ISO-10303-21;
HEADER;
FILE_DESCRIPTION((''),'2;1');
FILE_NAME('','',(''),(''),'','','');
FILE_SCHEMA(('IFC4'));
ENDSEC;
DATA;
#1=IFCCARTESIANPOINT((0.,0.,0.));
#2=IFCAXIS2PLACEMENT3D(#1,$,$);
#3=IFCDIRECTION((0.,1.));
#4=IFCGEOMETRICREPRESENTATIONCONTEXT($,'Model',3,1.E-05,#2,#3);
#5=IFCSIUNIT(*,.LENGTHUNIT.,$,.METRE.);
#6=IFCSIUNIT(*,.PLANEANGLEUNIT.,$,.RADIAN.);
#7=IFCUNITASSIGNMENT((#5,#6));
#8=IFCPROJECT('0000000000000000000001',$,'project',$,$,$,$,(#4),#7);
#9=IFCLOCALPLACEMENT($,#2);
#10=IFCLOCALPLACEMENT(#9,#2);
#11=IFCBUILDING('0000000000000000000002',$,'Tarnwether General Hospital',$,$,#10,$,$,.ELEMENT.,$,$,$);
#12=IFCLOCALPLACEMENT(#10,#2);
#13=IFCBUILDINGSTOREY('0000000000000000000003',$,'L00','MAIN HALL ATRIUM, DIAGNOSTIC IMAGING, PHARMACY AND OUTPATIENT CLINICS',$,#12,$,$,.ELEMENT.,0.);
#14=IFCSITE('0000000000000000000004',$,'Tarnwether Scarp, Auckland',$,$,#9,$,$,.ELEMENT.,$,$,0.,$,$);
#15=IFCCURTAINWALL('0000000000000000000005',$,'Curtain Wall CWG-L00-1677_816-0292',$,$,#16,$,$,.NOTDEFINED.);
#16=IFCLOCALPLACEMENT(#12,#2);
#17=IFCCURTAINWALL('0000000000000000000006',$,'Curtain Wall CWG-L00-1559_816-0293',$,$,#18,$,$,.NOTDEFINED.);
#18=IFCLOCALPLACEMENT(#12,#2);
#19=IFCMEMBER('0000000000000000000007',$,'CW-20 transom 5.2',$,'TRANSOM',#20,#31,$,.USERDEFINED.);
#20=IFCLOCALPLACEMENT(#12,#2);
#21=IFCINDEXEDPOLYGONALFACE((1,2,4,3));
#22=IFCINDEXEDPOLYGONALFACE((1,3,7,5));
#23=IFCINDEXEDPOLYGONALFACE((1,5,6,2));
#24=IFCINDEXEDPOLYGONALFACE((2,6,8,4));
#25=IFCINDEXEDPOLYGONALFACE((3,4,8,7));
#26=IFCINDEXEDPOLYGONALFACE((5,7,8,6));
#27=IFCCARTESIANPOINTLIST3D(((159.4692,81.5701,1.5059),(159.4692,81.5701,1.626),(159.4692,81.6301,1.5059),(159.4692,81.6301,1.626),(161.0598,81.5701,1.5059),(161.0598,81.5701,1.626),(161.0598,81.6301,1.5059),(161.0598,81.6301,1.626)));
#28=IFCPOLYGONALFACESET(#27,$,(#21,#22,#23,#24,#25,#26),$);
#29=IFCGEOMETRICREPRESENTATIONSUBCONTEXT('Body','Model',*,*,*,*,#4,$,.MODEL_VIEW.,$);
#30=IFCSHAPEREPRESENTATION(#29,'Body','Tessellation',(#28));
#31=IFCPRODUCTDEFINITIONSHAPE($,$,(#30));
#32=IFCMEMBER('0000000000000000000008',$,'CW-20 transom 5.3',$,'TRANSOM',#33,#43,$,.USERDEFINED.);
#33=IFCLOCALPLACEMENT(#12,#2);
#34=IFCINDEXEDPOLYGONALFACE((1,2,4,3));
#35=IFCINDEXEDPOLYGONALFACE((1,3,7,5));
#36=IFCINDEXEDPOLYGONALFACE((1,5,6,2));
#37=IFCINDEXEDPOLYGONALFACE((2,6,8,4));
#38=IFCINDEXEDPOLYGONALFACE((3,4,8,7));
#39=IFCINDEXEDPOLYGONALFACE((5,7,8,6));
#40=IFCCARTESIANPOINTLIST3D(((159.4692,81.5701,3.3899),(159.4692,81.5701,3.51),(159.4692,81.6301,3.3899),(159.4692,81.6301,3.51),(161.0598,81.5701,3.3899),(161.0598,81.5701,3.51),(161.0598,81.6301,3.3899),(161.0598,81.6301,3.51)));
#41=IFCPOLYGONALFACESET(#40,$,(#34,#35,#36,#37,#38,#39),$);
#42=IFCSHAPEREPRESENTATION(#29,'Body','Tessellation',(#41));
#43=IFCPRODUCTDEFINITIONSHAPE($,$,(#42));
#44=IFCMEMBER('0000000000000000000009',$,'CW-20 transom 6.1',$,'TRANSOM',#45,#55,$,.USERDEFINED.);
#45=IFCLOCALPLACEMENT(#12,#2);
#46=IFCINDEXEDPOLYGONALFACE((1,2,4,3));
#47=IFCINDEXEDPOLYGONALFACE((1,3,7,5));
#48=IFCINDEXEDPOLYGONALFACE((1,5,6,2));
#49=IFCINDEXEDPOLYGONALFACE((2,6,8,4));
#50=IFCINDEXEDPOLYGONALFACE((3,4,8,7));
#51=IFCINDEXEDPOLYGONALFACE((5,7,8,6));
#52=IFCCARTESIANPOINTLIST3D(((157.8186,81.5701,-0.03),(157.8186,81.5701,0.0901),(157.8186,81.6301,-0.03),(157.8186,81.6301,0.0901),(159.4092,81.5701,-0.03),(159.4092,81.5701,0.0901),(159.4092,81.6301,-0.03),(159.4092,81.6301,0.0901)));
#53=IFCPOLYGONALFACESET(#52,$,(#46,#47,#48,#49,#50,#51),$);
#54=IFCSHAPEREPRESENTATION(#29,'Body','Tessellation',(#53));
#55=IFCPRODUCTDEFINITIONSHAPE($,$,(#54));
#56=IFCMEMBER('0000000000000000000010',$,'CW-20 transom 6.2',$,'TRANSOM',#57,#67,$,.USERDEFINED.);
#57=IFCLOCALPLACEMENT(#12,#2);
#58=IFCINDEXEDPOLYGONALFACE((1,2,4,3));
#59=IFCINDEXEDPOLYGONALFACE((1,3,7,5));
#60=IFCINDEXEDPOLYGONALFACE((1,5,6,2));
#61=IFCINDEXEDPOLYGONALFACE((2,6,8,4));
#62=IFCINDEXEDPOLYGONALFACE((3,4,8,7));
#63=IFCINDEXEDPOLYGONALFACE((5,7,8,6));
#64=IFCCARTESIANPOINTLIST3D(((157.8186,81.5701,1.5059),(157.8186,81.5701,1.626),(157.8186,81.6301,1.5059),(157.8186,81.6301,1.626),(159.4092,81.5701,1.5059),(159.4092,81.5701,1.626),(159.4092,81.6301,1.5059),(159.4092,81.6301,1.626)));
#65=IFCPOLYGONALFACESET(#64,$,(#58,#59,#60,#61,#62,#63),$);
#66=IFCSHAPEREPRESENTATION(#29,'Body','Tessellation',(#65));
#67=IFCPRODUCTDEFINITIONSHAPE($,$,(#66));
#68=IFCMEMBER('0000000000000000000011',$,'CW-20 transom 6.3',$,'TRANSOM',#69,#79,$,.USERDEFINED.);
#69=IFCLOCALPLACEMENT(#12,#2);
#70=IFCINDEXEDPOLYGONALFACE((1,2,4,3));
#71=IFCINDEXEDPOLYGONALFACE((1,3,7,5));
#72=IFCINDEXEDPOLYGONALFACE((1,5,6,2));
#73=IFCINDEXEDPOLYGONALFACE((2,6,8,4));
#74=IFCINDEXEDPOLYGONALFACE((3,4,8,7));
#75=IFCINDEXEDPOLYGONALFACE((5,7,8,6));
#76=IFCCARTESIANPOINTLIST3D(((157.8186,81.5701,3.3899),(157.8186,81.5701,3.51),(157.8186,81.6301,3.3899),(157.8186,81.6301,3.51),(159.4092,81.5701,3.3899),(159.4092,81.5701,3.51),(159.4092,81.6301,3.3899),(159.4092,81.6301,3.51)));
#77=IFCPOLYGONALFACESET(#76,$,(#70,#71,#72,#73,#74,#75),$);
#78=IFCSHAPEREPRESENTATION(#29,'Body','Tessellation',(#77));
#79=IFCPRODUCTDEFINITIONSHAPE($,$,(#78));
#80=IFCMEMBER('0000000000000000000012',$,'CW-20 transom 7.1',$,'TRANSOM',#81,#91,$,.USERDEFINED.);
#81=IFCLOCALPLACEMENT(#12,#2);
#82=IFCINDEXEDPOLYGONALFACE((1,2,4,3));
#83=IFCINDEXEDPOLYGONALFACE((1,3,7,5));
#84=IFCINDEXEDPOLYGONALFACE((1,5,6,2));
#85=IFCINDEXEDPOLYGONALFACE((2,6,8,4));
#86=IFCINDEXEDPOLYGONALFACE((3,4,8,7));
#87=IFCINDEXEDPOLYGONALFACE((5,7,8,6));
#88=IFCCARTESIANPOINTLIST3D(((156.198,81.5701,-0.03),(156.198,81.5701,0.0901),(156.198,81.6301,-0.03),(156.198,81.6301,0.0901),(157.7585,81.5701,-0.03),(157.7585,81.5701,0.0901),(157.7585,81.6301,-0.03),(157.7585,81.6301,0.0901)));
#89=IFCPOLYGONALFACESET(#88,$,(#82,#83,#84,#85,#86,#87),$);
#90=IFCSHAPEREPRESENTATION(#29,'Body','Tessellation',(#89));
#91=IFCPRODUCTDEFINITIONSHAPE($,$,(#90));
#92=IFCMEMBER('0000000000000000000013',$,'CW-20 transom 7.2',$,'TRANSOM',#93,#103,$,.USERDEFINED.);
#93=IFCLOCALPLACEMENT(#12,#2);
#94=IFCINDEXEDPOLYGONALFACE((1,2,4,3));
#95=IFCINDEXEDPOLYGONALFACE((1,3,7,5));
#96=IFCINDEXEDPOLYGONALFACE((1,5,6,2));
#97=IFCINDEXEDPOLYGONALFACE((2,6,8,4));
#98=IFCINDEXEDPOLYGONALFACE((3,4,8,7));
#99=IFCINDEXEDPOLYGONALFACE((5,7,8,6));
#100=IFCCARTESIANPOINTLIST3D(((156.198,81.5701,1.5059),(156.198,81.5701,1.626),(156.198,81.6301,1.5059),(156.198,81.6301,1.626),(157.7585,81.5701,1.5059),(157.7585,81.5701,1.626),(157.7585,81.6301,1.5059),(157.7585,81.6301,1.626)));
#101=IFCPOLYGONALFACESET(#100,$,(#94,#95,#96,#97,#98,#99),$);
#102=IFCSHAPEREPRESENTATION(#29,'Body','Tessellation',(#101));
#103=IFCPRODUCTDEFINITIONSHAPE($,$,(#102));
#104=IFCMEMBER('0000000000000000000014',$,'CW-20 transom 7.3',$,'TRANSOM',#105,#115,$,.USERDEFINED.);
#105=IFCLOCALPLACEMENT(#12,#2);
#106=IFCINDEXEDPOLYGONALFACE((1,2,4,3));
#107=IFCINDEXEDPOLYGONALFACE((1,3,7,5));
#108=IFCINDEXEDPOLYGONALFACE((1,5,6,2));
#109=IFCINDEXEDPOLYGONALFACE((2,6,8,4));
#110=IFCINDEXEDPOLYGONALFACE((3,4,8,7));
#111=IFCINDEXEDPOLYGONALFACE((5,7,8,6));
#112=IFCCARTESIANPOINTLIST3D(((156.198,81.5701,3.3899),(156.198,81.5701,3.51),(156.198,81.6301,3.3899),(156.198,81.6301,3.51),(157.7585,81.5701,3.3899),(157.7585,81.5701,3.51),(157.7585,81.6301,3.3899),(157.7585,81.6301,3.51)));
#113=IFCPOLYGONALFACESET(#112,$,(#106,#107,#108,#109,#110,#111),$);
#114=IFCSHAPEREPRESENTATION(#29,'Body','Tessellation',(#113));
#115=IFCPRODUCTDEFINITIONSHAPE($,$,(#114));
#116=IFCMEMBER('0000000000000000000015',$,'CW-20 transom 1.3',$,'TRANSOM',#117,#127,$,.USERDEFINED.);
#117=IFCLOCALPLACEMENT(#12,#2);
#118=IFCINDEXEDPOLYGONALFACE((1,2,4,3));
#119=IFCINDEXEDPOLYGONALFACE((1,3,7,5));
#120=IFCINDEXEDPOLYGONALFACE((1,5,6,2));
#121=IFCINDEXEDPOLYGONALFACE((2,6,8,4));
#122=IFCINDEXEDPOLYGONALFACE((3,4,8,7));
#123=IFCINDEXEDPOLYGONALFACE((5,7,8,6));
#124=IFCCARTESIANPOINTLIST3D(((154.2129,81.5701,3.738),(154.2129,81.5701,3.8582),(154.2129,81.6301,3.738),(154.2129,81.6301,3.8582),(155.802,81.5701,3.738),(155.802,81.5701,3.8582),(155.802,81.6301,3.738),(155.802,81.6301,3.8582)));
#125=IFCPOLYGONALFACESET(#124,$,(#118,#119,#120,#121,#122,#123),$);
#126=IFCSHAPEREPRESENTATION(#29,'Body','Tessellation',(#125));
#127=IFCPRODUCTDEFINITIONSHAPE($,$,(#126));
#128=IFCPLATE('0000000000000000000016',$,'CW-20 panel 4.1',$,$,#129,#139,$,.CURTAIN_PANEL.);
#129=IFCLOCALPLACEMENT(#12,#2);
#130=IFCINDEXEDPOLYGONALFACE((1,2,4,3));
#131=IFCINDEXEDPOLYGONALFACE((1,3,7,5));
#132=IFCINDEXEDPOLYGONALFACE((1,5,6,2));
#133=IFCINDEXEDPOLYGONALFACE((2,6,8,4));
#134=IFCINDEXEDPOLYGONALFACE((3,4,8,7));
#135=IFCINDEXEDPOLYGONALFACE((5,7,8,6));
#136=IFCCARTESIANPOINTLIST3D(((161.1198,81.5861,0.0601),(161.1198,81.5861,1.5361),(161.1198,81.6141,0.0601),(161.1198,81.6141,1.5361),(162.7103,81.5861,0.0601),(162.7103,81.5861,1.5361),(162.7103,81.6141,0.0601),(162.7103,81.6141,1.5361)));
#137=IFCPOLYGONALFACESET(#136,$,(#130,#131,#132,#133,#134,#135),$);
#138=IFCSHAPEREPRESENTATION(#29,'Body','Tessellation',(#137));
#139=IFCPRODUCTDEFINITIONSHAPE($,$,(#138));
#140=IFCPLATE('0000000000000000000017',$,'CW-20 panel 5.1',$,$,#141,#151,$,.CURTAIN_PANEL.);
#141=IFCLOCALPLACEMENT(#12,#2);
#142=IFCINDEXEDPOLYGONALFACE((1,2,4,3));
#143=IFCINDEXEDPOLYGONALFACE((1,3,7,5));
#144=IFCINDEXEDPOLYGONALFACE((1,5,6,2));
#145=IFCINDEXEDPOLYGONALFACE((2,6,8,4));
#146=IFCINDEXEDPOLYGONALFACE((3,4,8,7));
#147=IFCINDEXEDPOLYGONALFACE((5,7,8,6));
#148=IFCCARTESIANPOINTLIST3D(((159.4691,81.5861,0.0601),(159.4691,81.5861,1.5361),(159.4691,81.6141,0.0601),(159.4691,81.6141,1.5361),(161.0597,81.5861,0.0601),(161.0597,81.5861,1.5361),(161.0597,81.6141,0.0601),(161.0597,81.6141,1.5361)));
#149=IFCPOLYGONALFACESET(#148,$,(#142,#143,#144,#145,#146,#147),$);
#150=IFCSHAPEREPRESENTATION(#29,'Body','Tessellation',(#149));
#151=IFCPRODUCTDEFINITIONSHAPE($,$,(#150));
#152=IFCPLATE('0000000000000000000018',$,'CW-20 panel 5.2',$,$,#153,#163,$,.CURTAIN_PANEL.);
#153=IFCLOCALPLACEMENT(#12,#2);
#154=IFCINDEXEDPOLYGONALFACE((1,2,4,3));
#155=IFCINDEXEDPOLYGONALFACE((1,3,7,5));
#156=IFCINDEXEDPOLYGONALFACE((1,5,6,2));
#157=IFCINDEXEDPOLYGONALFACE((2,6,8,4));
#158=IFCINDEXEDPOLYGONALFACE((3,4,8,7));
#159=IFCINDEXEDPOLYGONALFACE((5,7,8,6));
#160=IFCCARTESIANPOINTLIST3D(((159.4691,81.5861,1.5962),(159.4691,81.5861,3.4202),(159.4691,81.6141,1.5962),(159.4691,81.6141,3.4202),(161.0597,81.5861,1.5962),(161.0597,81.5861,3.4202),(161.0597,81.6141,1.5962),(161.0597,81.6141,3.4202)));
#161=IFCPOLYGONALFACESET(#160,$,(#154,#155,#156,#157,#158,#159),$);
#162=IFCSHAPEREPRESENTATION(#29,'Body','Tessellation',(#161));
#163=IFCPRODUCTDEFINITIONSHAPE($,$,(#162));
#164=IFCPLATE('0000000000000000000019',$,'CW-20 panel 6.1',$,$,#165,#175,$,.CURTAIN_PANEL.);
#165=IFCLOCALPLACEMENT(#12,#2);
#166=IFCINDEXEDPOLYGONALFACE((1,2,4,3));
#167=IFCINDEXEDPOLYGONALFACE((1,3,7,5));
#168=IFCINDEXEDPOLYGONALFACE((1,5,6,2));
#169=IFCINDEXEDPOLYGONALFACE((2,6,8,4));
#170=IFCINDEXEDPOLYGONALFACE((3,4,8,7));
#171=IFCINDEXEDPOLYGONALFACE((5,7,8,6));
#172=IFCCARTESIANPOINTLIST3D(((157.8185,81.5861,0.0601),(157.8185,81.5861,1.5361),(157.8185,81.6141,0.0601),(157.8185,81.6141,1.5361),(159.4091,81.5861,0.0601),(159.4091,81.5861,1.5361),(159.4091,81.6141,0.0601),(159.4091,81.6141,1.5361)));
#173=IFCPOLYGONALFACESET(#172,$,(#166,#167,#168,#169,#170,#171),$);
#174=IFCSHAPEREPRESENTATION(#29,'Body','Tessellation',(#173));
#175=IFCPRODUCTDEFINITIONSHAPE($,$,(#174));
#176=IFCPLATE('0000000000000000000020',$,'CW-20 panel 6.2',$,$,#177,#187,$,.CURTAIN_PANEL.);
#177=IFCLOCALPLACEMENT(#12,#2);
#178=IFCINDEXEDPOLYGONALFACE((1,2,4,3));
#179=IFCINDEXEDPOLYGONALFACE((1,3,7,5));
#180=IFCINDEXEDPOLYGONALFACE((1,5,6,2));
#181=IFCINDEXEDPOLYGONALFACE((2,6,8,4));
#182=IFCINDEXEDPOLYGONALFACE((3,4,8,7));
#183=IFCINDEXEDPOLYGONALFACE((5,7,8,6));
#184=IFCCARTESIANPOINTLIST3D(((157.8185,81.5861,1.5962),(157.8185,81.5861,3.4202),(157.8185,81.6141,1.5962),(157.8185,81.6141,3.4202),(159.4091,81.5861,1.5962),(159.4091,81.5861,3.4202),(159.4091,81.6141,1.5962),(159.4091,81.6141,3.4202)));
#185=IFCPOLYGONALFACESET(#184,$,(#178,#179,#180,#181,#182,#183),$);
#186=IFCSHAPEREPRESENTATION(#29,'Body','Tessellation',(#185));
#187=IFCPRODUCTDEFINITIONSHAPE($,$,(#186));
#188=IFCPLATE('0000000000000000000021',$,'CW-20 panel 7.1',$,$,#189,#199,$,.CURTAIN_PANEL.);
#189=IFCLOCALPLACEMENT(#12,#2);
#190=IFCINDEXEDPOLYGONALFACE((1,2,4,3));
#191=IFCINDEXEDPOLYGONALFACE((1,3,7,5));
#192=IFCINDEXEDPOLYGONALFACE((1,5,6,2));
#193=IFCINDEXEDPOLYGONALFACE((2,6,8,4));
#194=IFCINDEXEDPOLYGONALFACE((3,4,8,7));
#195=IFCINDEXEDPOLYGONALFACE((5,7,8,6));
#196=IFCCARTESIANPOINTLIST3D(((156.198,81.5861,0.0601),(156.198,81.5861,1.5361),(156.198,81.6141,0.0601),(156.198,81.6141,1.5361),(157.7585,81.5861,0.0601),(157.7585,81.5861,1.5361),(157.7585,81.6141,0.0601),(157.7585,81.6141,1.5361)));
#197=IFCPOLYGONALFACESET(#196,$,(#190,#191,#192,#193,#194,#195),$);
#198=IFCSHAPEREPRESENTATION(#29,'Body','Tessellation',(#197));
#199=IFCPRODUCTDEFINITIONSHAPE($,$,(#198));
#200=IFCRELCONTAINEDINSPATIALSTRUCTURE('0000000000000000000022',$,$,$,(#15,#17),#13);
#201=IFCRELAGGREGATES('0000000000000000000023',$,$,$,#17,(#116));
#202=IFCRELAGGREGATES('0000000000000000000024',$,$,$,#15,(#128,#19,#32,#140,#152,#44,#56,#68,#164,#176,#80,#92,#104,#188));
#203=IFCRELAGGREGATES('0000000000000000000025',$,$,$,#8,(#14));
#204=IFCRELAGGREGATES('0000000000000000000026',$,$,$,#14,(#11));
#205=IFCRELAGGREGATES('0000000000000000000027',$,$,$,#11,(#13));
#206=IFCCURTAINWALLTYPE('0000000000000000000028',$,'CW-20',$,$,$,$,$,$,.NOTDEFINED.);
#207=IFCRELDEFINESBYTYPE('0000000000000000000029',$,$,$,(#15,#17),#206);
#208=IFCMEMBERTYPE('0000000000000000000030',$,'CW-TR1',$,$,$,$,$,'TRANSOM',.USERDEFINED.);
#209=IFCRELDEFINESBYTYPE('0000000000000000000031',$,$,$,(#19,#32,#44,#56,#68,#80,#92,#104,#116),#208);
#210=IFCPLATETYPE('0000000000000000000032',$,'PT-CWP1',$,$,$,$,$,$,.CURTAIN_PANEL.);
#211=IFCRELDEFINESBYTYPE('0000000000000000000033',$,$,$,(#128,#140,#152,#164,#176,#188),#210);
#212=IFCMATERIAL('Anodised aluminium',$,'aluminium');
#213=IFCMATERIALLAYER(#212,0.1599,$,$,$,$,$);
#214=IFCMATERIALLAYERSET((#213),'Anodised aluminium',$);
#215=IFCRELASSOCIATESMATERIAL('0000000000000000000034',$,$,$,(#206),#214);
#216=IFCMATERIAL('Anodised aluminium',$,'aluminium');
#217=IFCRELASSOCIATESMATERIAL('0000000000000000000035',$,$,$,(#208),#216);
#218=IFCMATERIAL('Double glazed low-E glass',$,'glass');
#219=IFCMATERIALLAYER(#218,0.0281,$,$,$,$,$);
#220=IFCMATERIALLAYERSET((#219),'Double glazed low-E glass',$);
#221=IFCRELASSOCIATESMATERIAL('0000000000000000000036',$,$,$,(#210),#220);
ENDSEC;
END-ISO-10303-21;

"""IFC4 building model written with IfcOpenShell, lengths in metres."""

from ifc_helpers import new_model, si_unit, direction, frame, origin, origin_2d, place, context, subcontext, project, spatial, rectangle, extrude, material, layer, layer_set, material_profile, profile_set, type_object, element, aggregate, save


model = new_model("IFC4")

# Units and contexts
model_context = context("Model", 3, precision=1e-05, world=origin(), true_north=direction((0.0, 1.0)))
body_context = subcontext(model_context, "Body", "Model", "MODEL_VIEW")
ifc_project = project(units=[si_unit("LENGTHUNIT", "METRE"), si_unit("PLANEANGLEUNIT", "RADIAN")], contexts=[model_context])

# Site, building, storey
site_placement = place(None, origin())
site = spatial("IfcSite", under=ifc_project, at=site_placement, Name="Tarnwether Scarp, Auckland", CompositionType="ELEMENT", RefElevation=0.0)
building_placement = place(site_placement, origin())
building = spatial("IfcBuilding", under=site, at=building_placement, Name="Tarnwether General Hospital", CompositionType="ELEMENT")
storey_placement = place(building_placement, origin())
storey = spatial("IfcBuildingStorey", under=building, at=storey_placement, Name="L00", Description="MAIN HALL ATRIUM, DIAGNOSTIC IMAGING, PHARMACY AND OUTPATIENT CLINICS", CompositionType="ELEMENT", Elevation=0.0)

# Curtain wall
ifc_material_1 = material(Name="Anodised aluminium", Category="aluminium")
ifc_layer_1 = layer(ifc_material_1, 0.1599)
ifc_layer_set_1 = layer_set([ifc_layer_1], Name="Anodised aluminium")
curtain_wall_type = type_object("IfcCurtainWallType", Name="CW-20", PredefinedType="NOTDEFINED", material=ifc_layer_set_1)
curtain_wall_1_placement = place(storey_placement, origin())
curtain_wall_1 = element("IfcCurtainWall", 1, at=curtain_wall_1_placement, inside=storey, type_object=curtain_wall_type, Name="Curtain Wall CWG-L00-1677_816-0292", PredefinedType="NOTDEFINED")

# Curtain wall
curtain_wall_2_placement = place(storey_placement, origin())
curtain_wall_2 = element("IfcCurtainWall", 2, at=curtain_wall_2_placement, inside=storey, type_object=curtain_wall_type, Name="Curtain Wall CWG-L00-1559_816-0293", PredefinedType="NOTDEFINED")

# Members
ifc_material_2 = material(Name="Anodised aluminium", Category="aluminium")
ifc_material_profile_1 = material_profile(ifc_material_2, rectangle(XDim=0.0601, YDim=0.1201, at=origin_2d()), Name="ALU-TRN-60x120")
ifc_profile_set_1 = profile_set([ifc_material_profile_1], Name="Anodised aluminium")
member_type_1 = type_object("IfcMemberType", Name="CW-TR1", ElementType="TRANSOM", PredefinedType="USERDEFINED", material=ifc_profile_set_1)
member_1_placement = place(storey_placement, frame((161.0598, 81.6001, 1.5659), z_axis=(-1.0, 0.0, 0.0), x_axis=(0.0, -1.0, 0.0)))
member_1 = element("IfcMember", 3, at=member_1_placement, type_object=member_type_1, Name="CW-20 transom 5.2", ObjectType="TRANSOM", PredefinedType="USERDEFINED", context=body_context, shape_type="SweptSolid", body=[
    extrude(rectangle(XDim=0.0601, YDim=0.1201, at=origin_2d()), origin(), (0.0, 0.0, 1.0), 1.5906),
])
member_2_placement = place(storey_placement, frame((161.0598, 81.6001, 3.45), z_axis=(-1.0, 0.0, 0.0), x_axis=(0.0, -1.0, 0.0)))
member_2 = element("IfcMember", 4, at=member_2_placement, type_object=member_type_1, Name="CW-20 transom 5.3", ObjectType="TRANSOM", PredefinedType="USERDEFINED", context=body_context, shape_type="SweptSolid", body=[
    extrude(rectangle(XDim=0.0601, YDim=0.1201, at=origin_2d()), origin(), (0.0, 0.0, 1.0), 1.5906),
])
member_3_placement = place(storey_placement, frame((159.4092, 81.6001, 0.03), z_axis=(-1.0, 0.0, 0.0), x_axis=(0.0, -1.0, 0.0)))
member_3 = element("IfcMember", 5, at=member_3_placement, type_object=member_type_1, Name="CW-20 transom 6.1", ObjectType="TRANSOM", PredefinedType="USERDEFINED", context=body_context, shape_type="SweptSolid", body=[
    extrude(rectangle(XDim=0.0601, YDim=0.1201, at=origin_2d()), origin(), (0.0, 0.0, 1.0), 1.5906),
])
member_4_placement = place(storey_placement, frame((159.4092, 81.6001, 1.5659), z_axis=(-1.0, 0.0, 0.0), x_axis=(0.0, -1.0, 0.0)))
member_4 = element("IfcMember", 6, at=member_4_placement, type_object=member_type_1, Name="CW-20 transom 6.2", ObjectType="TRANSOM", PredefinedType="USERDEFINED", context=body_context, shape_type="SweptSolid", body=[
    extrude(rectangle(XDim=0.0601, YDim=0.1201, at=origin_2d()), origin(), (0.0, 0.0, 1.0), 1.5906),
])
member_5_placement = place(storey_placement, frame((159.4092, 81.6001, 3.45), z_axis=(-1.0, 0.0, 0.0), x_axis=(0.0, -1.0, 0.0)))
member_5 = element("IfcMember", 7, at=member_5_placement, type_object=member_type_1, Name="CW-20 transom 6.3", ObjectType="TRANSOM", PredefinedType="USERDEFINED", context=body_context, shape_type="SweptSolid", body=[
    extrude(rectangle(XDim=0.0601, YDim=0.1201, at=origin_2d()), origin(), (0.0, 0.0, 1.0), 1.5906),
])
member_6_placement = place(storey_placement, frame((157.7585, 81.6001, 0.03), z_axis=(-1.0, 0.0, 0.0), x_axis=(0.0, -1.0, 0.0)))
member_6 = element("IfcMember", 8, at=member_6_placement, type_object=member_type_1, Name="CW-20 transom 7.1", ObjectType="TRANSOM", PredefinedType="USERDEFINED", context=body_context, shape_type="SweptSolid", body=[
    extrude(rectangle(XDim=0.0601, YDim=0.1201, at=origin_2d()), origin(), (0.0, 0.0, 1.0), 1.5605),
])
member_7_placement = place(storey_placement, frame((157.7585, 81.6001, 1.5659), z_axis=(-1.0, 0.0, 0.0), x_axis=(0.0, -1.0, 0.0)))
member_7 = element("IfcMember", 9, at=member_7_placement, type_object=member_type_1, Name="CW-20 transom 7.2", ObjectType="TRANSOM", PredefinedType="USERDEFINED", context=body_context, shape_type="SweptSolid", body=[
    extrude(rectangle(XDim=0.0601, YDim=0.1201, at=origin_2d()), origin(), (0.0, 0.0, 1.0), 1.5605),
])
member_8_placement = place(storey_placement, frame((157.7585, 81.6001, 3.45), z_axis=(-1.0, 0.0, 0.0), x_axis=(0.0, -1.0, 0.0)))
member_8 = element("IfcMember", 10, at=member_8_placement, type_object=member_type_1, Name="CW-20 transom 7.3", ObjectType="TRANSOM", PredefinedType="USERDEFINED", context=body_context, shape_type="SweptSolid", body=[
    extrude(rectangle(XDim=0.0601, YDim=0.1201, at=origin_2d()), origin(), (0.0, 0.0, 1.0), 1.5605),
])
member_9_placement = place(storey_placement, frame((155.802, 81.6001, 3.7981), z_axis=(-1.0, 0.0, 0.0), x_axis=(0.0, -1.0, 0.0)))
member_9 = element("IfcMember", 11, at=member_9_placement, type_object=member_type_1, Name="CW-20 transom 1.3", ObjectType="TRANSOM", PredefinedType="USERDEFINED", context=body_context, shape_type="SweptSolid", body=[
    extrude(rectangle(XDim=0.0601, YDim=0.1201, at=origin_2d()), origin(), (0.0, 0.0, 1.0), 1.5891),
])
aggregate(curtain_wall_2, [member_9])

# Plates
ifc_material_3 = material(Name="Double glazed low-E glass", Category="glass")
ifc_layer_2 = layer(ifc_material_3, 0.0281)
ifc_layer_set_2 = layer_set([ifc_layer_2], Name="Double glazed low-E glass")
plate_type = type_object("IfcPlateType", Name="PT-CWP1", PredefinedType="CURTAIN_PANEL", material=ifc_layer_set_2)
plate_1_placement = place(storey_placement, frame((161.915, 81.6001, 0.0601), z_axis=(0.0, 0.0, 1.0), x_axis=(-1.0, 0.0, 0.0)))
plate_1 = element("IfcPlate", 12, at=plate_1_placement, type_object=plate_type, Name="CW-20 panel 4.1", PredefinedType="CURTAIN_PANEL", context=body_context, shape_type="SweptSolid", body=[
    extrude(rectangle(XDim=1.5906, YDim=0.0281, at=origin_2d()), origin(), (0.0, 0.0, 1.0), 1.4761),
])
plate_2_placement = place(storey_placement, frame((160.2644, 81.6001, 0.0601), z_axis=(0.0, 0.0, 1.0), x_axis=(-1.0, 0.0, 0.0)))
plate_2 = element("IfcPlate", 13, at=plate_2_placement, type_object=plate_type, Name="CW-20 panel 5.1", PredefinedType="CURTAIN_PANEL", context=body_context, shape_type="SweptSolid", body=[
    extrude(rectangle(XDim=1.5906, YDim=0.0281, at=origin_2d()), origin(), (0.0, 0.0, 1.0), 1.4761),
])
plate_3_placement = place(storey_placement, frame((160.2644, 81.6001, 1.5962), z_axis=(0.0, 0.0, 1.0), x_axis=(-1.0, 0.0, 0.0)))
plate_3 = element("IfcPlate", 14, at=plate_3_placement, type_object=plate_type, Name="CW-20 panel 5.2", PredefinedType="CURTAIN_PANEL", context=body_context, shape_type="SweptSolid", body=[
    extrude(rectangle(XDim=1.5906, YDim=0.0281, at=origin_2d()), origin(), (0.0, 0.0, 1.0), 1.824),
])
plate_4_placement = place(storey_placement, frame((158.6138, 81.6001, 0.0601), z_axis=(0.0, 0.0, 1.0), x_axis=(-1.0, 0.0, 0.0)))
plate_4 = element("IfcPlate", 15, at=plate_4_placement, type_object=plate_type, Name="CW-20 panel 6.1", PredefinedType="CURTAIN_PANEL", context=body_context, shape_type="SweptSolid", body=[
    extrude(rectangle(XDim=1.5906, YDim=0.0281, at=origin_2d()), origin(), (0.0, 0.0, 1.0), 1.4761),
])
plate_5_placement = place(storey_placement, frame((158.6138, 81.6001, 1.5962), z_axis=(0.0, 0.0, 1.0), x_axis=(-1.0, 0.0, 0.0)))
plate_5 = element("IfcPlate", 16, at=plate_5_placement, type_object=plate_type, Name="CW-20 panel 6.2", PredefinedType="CURTAIN_PANEL", context=body_context, shape_type="SweptSolid", body=[
    extrude(rectangle(XDim=1.5906, YDim=0.0281, at=origin_2d()), origin(), (0.0, 0.0, 1.0), 1.824),
])
plate_6_placement = place(storey_placement, frame((156.9783, 81.6001, 0.0601), z_axis=(0.0, 0.0, 1.0), x_axis=(-1.0, 0.0, 0.0)))
plate_6 = element("IfcPlate", 17, at=plate_6_placement, type_object=plate_type, Name="CW-20 panel 7.1", PredefinedType="CURTAIN_PANEL", context=body_context, shape_type="SweptSolid", body=[
    extrude(rectangle(XDim=1.5605, YDim=0.0281, at=origin_2d()), origin(), (0.0, 0.0, 1.0), 1.4761),
])
aggregate(curtain_wall_1, [plate_1, member_1, member_2, plate_2, plate_3, member_3, member_4, member_5, plate_4, plate_5, member_6, member_7, member_8, plate_6])

save(model, "model.ifc")
